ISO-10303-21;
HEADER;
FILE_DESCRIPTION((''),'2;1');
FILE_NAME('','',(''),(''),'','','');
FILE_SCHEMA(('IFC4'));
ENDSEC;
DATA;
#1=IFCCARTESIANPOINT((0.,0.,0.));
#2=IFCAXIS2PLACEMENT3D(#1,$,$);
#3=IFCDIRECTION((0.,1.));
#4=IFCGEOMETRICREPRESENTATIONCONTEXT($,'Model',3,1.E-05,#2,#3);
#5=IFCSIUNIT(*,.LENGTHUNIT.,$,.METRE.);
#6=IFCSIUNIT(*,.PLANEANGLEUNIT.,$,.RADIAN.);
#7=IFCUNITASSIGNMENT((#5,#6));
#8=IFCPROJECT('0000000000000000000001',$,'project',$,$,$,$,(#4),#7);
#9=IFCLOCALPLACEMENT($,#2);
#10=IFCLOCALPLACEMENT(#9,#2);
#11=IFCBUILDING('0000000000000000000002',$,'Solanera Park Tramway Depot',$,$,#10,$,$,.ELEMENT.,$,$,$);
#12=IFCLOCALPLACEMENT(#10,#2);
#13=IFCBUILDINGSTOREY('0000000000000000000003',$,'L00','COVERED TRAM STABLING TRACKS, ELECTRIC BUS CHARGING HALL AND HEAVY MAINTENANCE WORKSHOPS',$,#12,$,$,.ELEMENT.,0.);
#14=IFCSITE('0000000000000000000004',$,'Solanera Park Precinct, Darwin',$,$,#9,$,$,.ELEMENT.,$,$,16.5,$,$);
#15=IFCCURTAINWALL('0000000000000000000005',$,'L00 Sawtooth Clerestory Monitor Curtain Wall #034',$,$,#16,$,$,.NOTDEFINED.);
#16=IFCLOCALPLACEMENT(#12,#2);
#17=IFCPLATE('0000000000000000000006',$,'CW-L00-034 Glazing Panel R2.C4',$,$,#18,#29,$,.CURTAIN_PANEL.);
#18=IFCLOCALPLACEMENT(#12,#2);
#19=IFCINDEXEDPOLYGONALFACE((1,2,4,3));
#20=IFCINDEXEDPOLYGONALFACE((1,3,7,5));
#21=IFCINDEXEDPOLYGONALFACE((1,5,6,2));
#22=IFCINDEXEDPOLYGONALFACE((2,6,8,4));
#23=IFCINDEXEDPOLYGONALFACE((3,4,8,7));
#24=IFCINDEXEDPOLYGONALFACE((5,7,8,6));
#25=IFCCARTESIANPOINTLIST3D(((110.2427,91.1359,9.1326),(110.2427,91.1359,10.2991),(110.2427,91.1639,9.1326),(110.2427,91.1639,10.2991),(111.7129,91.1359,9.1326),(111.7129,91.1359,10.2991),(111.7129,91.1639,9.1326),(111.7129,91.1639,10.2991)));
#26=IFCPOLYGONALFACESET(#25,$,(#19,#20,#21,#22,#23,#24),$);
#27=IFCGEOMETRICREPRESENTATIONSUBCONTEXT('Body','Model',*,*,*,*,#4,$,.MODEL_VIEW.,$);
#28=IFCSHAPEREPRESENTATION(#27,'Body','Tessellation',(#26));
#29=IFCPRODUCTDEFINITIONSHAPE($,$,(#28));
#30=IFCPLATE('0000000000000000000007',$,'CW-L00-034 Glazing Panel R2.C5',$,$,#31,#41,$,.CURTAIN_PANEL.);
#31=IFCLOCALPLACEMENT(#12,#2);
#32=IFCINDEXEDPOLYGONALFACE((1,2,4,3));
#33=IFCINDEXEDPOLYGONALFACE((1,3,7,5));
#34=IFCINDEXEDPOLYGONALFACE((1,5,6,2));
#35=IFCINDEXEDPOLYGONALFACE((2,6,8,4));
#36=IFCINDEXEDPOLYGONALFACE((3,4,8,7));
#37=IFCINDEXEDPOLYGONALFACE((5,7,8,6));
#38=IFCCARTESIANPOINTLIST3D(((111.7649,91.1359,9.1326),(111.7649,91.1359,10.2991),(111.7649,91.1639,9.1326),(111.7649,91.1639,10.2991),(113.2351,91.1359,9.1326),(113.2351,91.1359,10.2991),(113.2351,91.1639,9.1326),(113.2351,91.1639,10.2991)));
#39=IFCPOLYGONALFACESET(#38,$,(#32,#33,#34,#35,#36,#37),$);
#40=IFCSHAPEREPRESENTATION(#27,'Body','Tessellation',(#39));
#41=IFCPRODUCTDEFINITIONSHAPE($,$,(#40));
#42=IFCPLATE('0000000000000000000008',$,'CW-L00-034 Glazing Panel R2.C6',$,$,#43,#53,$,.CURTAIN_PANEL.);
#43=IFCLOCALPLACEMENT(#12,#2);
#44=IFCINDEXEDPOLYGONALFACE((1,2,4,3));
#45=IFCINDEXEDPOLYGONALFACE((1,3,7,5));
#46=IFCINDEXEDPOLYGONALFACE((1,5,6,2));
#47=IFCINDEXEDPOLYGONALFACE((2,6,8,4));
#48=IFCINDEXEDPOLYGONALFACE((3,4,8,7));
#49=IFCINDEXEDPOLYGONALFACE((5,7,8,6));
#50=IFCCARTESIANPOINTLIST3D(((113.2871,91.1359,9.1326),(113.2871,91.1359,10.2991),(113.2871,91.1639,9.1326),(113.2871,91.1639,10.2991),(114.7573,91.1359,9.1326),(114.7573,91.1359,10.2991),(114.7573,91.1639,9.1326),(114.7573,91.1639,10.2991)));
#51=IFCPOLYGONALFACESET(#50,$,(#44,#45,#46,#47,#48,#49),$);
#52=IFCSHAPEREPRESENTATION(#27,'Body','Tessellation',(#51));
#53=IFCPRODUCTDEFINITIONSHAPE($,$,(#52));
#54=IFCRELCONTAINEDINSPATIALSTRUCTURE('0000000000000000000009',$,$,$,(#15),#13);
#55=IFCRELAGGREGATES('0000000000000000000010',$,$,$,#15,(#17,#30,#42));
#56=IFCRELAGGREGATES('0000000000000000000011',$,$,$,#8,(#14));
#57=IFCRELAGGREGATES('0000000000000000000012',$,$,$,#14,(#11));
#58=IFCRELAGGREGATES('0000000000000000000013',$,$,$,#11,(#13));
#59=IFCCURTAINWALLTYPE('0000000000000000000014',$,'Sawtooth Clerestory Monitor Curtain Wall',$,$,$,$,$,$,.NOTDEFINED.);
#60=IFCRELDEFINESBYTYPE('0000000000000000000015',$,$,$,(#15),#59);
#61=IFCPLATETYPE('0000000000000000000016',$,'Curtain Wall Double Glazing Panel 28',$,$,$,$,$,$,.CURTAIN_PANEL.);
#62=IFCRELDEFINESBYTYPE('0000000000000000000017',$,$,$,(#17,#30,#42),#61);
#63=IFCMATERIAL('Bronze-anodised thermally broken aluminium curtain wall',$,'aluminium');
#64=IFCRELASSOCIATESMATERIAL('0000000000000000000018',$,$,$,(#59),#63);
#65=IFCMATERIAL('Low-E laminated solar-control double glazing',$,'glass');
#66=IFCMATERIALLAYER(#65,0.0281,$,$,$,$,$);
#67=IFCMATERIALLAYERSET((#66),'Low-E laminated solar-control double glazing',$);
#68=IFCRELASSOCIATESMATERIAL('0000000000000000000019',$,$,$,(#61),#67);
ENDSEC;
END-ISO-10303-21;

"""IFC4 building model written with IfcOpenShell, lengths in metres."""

from ifc_helpers import new_model, si_unit, direction, frame, origin, origin_2d, place, context, subcontext, project, spatial, rectangle, extrude, material, layer, layer_set, type_object, element, aggregate, save


model = new_model("IFC4")

# Units and contexts
model_context = context("Model", 3, precision=1e-05, world=origin(), true_north=direction((0.0, 1.0)))
body_context = subcontext(model_context, "Body", "Model", "MODEL_VIEW")
ifc_project = project(units=[si_unit("LENGTHUNIT", "METRE"), si_unit("PLANEANGLEUNIT", "RADIAN")], contexts=[model_context])

# Site, building, storey
site_placement = place(None, origin())
site = spatial("IfcSite", under=ifc_project, at=site_placement, Name="Solanera Park Precinct, Darwin", CompositionType="ELEMENT", RefElevation=16.5)
building_placement = place(site_placement, origin())
building = spatial("IfcBuilding", under=site, at=building_placement, Name="Solanera Park Tramway Depot", CompositionType="ELEMENT")
storey_placement = place(building_placement, origin())
storey = spatial("IfcBuildingStorey", under=building, at=storey_placement, Name="L00", Description="COVERED TRAM STABLING TRACKS, ELECTRIC BUS CHARGING HALL AND HEAVY MAINTENANCE WORKSHOPS", CompositionType="ELEMENT", Elevation=0.0)

# Curtain wall, plates
ifc_material_1 = material(Name="Bronze-anodised thermally broken aluminium curtain wall", Category="aluminium")
curtain_wall_type = type_object("IfcCurtainWallType", Name="Sawtooth Clerestory Monitor Curtain Wall", PredefinedType="NOTDEFINED", material=ifc_material_1)
curtain_wall_placement = place(storey_placement, origin())
curtain_wall = element("IfcCurtainWall", 1, at=curtain_wall_placement, inside=storey, type_object=curtain_wall_type, Name="L00 Sawtooth Clerestory Monitor Curtain Wall #034", PredefinedType="NOTDEFINED")
ifc_material_2 = material(Name="Low-E laminated solar-control double glazing", Category="glass")
ifc_layer = layer(ifc_material_2, 0.0281)
ifc_layer_set = layer_set([ifc_layer], Name="Low-E laminated solar-control double glazing")
plate_type = type_object("IfcPlateType", Name="Curtain Wall Double Glazing Panel 28", PredefinedType="CURTAIN_PANEL", material=ifc_layer_set)
plate_1_placement = place(storey_placement, frame((110.9778, 91.1499, 9.1326), z_axis=(0.0, 0.0, 1.0), x_axis=(1.0, 0.0, 0.0)))
plate_1 = element("IfcPlate", 2, at=plate_1_placement, type_object=plate_type, Name="CW-L00-034 Glazing Panel R2.C4", PredefinedType="CURTAIN_PANEL", context=body_context, shape_type="SweptSolid", body=[
    extrude(rectangle(XDim=1.4702, YDim=0.0281, at=origin_2d()), origin(), (0.0, 0.0, 1.0), 1.1665),
])
plate_2_placement = place(storey_placement, frame((112.5, 91.1499, 9.1326), z_axis=(0.0, 0.0, 1.0), x_axis=(1.0, 0.0, 0.0)))
plate_2 = element("IfcPlate", 3, at=plate_2_placement, type_object=plate_type, Name="CW-L00-034 Glazing Panel R2.C5", PredefinedType="CURTAIN_PANEL", context=body_context, shape_type="SweptSolid", body=[
    extrude(rectangle(XDim=1.4702, YDim=0.0281, at=origin_2d()), origin(), (0.0, 0.0, 1.0), 1.1665),
])
plate_3_placement = place(storey_placement, frame((114.0222, 91.1499, 9.1326), z_axis=(0.0, 0.0, 1.0), x_axis=(1.0, 0.0, 0.0)))
plate_3 = element("IfcPlate", 4, at=plate_3_placement, type_object=plate_type, Name="CW-L00-034 Glazing Panel R2.C6", PredefinedType="CURTAIN_PANEL", context=body_context, shape_type="SweptSolid", body=[
    extrude(rectangle(XDim=1.4702, YDim=0.0281, at=origin_2d()), origin(), (0.0, 0.0, 1.0), 1.1665),
])
aggregate(curtain_wall, [plate_1, plate_2, plate_3])

save(model, "model.ifc")
